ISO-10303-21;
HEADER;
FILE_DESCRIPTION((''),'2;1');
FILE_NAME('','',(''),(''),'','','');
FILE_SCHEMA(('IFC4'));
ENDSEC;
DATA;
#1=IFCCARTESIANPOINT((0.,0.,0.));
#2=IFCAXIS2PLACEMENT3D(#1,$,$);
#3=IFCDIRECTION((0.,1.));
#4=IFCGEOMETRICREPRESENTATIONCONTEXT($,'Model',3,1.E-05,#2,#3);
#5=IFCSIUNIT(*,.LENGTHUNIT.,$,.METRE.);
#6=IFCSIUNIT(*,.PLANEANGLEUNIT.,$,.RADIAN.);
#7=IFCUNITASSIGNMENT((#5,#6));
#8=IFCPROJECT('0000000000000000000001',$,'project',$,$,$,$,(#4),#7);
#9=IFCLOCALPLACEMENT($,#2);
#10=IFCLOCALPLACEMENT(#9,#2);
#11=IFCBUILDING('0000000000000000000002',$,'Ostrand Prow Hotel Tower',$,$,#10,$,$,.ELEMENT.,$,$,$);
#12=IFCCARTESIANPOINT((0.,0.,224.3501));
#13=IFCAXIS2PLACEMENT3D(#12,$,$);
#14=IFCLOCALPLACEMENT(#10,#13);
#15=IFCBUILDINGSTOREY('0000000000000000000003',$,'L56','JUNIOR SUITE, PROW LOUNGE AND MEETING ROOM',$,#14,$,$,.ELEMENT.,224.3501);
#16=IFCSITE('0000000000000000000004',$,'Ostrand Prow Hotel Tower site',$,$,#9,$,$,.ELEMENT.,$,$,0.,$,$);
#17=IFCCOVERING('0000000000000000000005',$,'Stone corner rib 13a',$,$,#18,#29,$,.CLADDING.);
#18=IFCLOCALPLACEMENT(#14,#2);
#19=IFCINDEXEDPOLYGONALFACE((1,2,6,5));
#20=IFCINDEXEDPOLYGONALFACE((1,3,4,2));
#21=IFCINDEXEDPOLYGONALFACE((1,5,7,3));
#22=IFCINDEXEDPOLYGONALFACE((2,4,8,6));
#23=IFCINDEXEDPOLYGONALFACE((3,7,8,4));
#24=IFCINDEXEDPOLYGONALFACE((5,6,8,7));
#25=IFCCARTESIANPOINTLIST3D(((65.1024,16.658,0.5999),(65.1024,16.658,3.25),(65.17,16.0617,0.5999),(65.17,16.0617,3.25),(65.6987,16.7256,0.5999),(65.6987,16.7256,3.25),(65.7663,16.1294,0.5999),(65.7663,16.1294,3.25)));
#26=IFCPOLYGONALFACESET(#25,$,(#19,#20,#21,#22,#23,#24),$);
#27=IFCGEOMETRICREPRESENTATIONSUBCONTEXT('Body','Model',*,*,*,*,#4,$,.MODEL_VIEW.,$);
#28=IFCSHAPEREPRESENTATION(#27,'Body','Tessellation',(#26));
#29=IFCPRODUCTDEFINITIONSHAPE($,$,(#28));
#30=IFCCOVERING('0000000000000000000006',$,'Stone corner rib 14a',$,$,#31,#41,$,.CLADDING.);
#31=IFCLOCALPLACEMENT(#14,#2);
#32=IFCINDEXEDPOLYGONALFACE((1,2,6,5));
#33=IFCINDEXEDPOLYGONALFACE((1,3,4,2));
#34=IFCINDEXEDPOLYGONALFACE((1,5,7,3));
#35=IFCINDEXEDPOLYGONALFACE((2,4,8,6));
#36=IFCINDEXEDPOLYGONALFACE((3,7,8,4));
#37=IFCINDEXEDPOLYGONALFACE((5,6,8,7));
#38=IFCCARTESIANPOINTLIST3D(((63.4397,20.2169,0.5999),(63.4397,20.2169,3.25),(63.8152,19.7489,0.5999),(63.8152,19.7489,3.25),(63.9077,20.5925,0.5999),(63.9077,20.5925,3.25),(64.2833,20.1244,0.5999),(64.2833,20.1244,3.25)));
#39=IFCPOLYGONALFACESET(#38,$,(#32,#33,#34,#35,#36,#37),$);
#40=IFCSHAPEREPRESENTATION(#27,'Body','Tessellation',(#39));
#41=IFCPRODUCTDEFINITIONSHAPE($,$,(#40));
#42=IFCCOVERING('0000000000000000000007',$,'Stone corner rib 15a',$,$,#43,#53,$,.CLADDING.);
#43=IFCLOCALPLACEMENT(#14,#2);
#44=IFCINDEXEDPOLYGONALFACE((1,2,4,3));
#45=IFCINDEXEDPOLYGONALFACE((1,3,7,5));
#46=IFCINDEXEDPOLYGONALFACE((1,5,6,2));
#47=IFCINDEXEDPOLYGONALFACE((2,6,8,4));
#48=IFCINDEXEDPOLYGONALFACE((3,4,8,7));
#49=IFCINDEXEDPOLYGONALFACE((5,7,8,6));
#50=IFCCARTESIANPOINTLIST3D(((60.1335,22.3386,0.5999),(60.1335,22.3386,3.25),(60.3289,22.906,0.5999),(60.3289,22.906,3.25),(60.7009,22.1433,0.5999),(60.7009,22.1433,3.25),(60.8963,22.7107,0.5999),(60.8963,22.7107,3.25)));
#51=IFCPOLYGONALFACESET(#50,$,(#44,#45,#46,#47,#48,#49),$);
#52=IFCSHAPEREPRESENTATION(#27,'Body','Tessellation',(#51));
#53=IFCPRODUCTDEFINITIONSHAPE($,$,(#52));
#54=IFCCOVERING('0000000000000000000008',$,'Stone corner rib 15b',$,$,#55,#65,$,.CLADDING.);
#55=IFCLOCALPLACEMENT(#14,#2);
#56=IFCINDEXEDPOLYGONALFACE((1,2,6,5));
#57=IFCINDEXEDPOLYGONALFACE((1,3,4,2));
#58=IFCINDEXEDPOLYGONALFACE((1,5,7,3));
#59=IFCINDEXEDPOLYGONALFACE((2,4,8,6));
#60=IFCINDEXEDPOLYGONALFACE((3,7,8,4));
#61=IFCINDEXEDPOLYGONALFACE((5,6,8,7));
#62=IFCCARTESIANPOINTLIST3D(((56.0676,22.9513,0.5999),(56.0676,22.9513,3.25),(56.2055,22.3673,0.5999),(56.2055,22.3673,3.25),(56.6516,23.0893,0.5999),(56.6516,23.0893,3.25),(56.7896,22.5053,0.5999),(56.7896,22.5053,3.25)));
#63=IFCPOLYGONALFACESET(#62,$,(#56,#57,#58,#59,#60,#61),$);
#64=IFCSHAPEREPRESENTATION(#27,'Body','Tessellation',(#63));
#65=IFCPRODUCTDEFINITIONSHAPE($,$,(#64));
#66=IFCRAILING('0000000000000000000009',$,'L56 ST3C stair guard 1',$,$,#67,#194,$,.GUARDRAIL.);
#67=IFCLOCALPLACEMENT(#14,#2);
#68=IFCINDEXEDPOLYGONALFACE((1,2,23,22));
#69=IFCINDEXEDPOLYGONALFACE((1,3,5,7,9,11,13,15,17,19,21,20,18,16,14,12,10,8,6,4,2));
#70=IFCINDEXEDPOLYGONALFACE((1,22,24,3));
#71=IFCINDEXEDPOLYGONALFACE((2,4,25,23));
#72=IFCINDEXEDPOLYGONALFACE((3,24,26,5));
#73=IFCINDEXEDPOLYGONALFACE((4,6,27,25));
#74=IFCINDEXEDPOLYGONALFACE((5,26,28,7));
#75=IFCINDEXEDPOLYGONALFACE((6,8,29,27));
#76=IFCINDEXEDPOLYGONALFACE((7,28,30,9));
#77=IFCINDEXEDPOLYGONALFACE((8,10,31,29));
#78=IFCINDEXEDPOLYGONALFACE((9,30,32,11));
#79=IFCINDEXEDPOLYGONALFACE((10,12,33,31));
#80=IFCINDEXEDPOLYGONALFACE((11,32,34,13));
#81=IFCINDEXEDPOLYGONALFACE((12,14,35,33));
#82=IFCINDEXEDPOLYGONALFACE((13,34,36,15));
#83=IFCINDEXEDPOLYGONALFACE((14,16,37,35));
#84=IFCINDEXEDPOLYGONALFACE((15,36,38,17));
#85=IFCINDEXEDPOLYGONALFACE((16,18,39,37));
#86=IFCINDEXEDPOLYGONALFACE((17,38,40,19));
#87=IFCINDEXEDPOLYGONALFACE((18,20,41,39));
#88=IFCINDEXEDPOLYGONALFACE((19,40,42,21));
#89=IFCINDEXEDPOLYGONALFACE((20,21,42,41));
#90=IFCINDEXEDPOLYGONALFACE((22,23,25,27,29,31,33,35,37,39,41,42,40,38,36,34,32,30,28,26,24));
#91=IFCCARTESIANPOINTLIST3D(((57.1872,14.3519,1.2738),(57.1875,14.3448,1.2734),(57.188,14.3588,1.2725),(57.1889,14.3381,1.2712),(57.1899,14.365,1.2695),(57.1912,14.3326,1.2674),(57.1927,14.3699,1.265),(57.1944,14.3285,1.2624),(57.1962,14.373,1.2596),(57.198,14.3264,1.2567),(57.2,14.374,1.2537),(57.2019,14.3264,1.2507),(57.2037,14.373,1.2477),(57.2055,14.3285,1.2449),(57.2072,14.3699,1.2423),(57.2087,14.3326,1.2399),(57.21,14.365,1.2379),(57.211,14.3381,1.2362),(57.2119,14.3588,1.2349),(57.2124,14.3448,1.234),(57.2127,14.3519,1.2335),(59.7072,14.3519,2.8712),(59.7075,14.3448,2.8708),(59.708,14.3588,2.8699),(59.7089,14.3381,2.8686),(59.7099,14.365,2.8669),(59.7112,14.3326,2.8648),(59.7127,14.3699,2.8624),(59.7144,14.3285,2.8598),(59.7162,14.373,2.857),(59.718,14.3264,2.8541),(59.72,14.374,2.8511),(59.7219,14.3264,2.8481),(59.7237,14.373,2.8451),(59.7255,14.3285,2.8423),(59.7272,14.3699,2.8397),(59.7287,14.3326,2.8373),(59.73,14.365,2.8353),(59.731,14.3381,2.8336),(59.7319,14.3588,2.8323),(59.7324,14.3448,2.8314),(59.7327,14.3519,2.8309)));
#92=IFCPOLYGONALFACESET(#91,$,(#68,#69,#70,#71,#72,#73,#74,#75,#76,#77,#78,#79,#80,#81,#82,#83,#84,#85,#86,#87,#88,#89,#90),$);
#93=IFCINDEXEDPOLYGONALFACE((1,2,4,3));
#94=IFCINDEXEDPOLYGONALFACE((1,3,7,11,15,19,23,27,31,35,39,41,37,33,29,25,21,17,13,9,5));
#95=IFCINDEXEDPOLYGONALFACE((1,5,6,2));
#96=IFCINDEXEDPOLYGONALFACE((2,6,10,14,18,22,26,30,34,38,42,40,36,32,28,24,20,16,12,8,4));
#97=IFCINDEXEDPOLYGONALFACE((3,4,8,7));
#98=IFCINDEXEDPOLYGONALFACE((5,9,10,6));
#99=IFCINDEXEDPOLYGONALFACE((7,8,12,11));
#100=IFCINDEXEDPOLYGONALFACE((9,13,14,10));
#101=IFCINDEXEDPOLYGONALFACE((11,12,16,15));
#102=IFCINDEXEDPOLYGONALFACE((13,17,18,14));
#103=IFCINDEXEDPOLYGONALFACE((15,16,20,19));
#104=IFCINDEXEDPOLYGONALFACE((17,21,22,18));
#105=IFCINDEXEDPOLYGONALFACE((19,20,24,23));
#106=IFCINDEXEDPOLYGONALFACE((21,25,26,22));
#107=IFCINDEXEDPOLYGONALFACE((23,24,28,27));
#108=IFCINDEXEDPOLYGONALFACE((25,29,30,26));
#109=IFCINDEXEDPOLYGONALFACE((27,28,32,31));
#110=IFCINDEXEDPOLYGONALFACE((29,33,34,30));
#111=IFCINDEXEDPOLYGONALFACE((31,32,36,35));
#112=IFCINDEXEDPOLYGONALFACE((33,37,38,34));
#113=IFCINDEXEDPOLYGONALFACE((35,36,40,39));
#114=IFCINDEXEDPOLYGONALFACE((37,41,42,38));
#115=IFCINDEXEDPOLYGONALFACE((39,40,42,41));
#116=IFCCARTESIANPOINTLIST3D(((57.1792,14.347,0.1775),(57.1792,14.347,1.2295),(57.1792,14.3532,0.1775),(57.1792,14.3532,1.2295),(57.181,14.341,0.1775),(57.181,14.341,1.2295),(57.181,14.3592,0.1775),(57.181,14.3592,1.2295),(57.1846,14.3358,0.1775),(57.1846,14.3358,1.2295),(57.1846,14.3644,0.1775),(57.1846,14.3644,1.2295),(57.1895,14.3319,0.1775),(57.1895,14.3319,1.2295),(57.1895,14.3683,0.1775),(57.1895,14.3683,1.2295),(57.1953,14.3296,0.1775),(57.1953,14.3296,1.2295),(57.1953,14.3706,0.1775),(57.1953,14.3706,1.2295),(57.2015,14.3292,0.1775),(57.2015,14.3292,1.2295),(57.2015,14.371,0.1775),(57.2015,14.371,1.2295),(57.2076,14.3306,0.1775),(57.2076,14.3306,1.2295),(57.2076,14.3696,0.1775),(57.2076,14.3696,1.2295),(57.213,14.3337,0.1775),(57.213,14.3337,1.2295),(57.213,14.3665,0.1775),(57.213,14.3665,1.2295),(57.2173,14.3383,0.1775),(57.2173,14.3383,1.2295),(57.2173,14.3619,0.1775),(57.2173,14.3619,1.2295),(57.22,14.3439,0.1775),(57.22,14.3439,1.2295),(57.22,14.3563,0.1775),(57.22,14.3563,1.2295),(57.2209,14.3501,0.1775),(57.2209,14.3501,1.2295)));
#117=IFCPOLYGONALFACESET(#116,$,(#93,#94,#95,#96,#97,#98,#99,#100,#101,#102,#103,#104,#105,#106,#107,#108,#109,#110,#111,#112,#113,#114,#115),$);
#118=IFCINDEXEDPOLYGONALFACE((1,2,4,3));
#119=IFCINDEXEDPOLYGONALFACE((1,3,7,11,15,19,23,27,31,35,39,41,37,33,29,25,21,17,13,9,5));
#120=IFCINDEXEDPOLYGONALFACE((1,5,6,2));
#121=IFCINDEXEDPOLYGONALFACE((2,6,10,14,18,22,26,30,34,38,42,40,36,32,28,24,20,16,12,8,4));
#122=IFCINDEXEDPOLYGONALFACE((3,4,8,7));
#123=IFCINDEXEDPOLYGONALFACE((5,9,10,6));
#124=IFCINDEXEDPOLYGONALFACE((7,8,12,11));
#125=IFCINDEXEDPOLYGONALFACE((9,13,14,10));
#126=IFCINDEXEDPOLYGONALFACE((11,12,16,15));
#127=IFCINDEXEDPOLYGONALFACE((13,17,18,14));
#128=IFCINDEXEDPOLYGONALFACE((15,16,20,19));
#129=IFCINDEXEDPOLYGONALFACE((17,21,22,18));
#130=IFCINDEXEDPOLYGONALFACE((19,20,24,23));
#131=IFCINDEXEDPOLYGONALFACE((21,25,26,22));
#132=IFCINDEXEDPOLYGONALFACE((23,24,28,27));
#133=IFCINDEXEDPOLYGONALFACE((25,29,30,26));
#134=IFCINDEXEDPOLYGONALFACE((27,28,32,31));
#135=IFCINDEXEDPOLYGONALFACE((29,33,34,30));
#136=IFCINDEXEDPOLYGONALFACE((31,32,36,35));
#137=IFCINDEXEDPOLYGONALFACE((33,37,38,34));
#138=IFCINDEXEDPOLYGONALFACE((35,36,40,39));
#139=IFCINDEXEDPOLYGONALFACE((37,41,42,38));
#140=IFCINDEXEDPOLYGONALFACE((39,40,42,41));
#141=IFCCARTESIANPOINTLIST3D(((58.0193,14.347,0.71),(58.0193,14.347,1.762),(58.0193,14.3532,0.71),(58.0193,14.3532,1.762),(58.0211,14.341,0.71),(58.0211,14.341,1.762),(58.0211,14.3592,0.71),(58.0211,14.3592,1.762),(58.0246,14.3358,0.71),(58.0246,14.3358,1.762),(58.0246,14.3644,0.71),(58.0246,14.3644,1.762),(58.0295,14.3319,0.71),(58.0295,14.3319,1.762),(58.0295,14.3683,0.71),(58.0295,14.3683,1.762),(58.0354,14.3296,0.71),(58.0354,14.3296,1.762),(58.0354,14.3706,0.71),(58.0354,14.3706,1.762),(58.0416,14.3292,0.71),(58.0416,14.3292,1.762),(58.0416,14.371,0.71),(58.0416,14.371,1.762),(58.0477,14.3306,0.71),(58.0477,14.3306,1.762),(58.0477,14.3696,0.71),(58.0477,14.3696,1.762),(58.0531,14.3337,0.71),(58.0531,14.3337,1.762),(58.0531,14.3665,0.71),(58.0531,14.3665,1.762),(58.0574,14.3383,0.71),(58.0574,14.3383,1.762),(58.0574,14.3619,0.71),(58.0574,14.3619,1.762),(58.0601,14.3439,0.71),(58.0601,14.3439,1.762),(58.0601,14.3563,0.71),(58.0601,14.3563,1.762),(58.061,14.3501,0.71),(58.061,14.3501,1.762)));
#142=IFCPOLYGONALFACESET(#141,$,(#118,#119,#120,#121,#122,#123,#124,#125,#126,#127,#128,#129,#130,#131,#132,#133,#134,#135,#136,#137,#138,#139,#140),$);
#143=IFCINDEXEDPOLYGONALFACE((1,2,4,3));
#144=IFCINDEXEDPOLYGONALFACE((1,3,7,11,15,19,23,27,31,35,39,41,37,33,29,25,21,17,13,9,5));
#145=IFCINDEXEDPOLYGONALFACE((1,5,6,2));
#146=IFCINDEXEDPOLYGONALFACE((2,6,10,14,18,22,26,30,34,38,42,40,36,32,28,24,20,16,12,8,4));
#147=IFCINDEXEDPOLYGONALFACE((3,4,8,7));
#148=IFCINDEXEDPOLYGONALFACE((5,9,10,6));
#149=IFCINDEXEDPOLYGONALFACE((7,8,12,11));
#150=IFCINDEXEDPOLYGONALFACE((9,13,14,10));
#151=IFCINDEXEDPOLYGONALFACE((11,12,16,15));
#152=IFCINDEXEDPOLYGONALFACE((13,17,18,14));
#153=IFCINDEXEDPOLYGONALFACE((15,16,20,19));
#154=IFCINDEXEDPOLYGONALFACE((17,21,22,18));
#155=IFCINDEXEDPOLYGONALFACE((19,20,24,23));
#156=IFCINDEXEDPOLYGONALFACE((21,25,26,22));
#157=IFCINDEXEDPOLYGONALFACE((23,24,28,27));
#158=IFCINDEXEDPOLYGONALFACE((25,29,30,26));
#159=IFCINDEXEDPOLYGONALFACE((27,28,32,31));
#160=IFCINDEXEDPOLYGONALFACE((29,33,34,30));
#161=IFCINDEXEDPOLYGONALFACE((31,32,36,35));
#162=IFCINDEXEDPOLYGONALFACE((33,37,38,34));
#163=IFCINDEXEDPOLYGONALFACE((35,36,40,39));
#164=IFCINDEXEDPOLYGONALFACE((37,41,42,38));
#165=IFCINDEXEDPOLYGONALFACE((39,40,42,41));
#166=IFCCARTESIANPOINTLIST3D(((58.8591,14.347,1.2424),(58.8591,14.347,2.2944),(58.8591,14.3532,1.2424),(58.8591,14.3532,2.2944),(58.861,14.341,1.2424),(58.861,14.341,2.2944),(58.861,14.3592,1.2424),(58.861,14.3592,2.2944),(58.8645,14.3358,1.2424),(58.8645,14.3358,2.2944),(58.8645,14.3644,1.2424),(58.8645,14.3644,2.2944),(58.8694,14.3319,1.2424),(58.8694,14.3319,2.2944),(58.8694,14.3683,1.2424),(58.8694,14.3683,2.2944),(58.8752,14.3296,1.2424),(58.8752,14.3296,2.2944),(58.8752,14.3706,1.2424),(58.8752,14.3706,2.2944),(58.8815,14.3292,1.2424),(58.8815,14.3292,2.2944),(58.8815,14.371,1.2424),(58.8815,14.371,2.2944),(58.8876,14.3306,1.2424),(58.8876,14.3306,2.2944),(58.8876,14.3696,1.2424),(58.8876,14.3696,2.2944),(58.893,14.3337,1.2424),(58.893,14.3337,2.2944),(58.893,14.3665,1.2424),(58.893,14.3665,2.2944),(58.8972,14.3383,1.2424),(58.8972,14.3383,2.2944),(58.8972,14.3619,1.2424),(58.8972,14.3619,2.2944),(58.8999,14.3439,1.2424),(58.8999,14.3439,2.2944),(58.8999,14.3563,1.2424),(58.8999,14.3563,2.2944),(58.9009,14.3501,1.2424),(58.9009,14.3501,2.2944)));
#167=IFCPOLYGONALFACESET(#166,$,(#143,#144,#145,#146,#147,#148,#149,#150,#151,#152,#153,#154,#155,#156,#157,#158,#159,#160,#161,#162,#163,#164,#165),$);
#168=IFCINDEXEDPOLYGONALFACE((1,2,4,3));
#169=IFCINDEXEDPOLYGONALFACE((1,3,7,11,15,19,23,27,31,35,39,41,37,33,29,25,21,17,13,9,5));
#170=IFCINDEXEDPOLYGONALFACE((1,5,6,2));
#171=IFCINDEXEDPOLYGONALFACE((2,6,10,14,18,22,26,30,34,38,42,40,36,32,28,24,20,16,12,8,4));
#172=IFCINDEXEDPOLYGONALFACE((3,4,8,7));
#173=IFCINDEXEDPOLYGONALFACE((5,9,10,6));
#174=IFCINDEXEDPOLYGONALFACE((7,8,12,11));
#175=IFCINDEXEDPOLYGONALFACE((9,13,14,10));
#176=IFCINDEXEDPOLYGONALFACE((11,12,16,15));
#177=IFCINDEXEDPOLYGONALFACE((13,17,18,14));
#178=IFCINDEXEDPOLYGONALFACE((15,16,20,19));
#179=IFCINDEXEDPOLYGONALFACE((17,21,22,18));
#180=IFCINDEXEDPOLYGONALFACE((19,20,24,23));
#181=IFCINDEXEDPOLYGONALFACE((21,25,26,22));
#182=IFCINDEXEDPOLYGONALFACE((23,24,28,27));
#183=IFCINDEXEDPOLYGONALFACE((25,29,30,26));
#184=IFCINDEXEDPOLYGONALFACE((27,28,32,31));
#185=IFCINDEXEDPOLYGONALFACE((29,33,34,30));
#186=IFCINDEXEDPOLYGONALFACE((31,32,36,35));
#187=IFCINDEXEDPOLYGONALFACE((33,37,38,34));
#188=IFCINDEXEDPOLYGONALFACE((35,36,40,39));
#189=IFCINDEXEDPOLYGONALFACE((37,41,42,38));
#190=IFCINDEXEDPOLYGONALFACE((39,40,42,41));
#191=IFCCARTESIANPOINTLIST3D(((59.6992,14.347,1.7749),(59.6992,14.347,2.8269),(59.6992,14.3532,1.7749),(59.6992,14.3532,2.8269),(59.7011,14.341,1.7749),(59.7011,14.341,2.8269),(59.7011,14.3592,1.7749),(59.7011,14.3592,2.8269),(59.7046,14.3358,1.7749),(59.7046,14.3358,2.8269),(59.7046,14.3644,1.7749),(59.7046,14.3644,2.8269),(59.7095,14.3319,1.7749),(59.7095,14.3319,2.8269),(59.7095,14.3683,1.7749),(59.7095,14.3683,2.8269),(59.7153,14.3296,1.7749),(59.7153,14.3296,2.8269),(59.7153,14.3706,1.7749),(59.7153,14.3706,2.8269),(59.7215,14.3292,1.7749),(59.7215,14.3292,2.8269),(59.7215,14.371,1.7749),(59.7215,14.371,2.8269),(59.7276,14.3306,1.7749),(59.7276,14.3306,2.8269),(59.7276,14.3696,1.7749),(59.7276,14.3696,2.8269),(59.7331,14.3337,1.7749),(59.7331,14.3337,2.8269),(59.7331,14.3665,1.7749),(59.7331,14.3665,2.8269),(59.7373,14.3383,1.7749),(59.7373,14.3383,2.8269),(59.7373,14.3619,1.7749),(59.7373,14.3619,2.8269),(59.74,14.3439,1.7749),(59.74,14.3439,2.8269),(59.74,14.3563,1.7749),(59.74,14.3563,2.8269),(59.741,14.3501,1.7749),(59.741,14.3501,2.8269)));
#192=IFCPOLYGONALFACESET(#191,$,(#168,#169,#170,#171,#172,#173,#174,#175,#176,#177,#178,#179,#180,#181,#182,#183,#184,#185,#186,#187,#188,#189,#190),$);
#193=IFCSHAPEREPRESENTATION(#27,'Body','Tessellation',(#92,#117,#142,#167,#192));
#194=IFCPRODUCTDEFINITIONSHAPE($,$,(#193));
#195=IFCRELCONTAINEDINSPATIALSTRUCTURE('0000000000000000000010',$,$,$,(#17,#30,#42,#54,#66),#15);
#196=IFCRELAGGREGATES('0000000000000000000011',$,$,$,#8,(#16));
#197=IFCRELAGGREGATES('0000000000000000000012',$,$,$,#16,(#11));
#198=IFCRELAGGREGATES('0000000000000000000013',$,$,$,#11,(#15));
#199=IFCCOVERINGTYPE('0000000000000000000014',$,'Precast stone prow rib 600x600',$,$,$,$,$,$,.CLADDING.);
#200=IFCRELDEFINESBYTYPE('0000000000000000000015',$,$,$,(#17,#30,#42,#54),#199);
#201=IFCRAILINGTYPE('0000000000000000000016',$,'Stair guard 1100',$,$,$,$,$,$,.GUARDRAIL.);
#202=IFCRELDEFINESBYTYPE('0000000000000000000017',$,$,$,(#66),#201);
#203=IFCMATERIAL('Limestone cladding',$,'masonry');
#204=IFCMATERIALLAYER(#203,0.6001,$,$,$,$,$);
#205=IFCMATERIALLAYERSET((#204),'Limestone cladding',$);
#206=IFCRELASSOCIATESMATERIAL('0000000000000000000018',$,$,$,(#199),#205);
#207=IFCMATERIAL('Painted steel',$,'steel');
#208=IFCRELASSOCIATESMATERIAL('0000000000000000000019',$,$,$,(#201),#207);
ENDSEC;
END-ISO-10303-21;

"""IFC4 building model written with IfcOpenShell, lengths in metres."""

from ifc_helpers import new_model, si_unit, direction, frame, frame_2d, origin, origin_2d, place, context, subcontext, project, spatial, rectangle, circle, extrude, material, layer, layer_set, type_object, element, save


model = new_model("IFC4")

# Units and contexts
model_context = context("Model", 3, precision=1e-05, world=origin(), true_north=direction((0.0, 1.0)))
body_context = subcontext(model_context, "Body", "Model", "MODEL_VIEW")
ifc_project = project(units=[si_unit("LENGTHUNIT", "METRE"), si_unit("PLANEANGLEUNIT", "RADIAN")], contexts=[model_context])

# Site, building, storey
site_placement = place(None, origin())
site = spatial("IfcSite", under=ifc_project, at=site_placement, Name="Ostrand Prow Hotel Tower site", CompositionType="ELEMENT", RefElevation=0.0)
building_placement = place(site_placement, origin())
building = spatial("IfcBuilding", under=site, at=building_placement, Name="Ostrand Prow Hotel Tower", CompositionType="ELEMENT")
storey_placement = place(building_placement, frame((0.0, 0.0, 224.3501)))
storey = spatial("IfcBuildingStorey", under=building, at=storey_placement, Name="L56", Description="JUNIOR SUITE, PROW LOUNGE AND MEETING ROOM", CompositionType="ELEMENT", Elevation=224.3501)

# Coverings
ifc_material_1 = material(Name="Limestone cladding", Category="masonry")
ifc_layer_1 = layer(ifc_material_1, 0.6001)
ifc_layer_set_1 = layer_set([ifc_layer_1], Name="Limestone cladding")
covering_type = type_object("IfcCoveringType", Name="Precast stone prow rib 600x600", PredefinedType="CLADDING", material=ifc_layer_set_1)
for number, where, z_axis, x_axis, name in (
    (1, (65.1362, 16.3599, 0.5999), (0.0, 0.0, 1.0), (0.993628, 0.112709, 0.0), "Stone corner rib 13a"),
    (2, (63.6274, 19.9829, 0.5999), (0.0, 0.0, 1.0), (0.779995, 0.625786, 0.0), "Stone corner rib 14a"),
    (3, (60.4172, 22.241, 0.5999), (0.0, 0.0, 1.0), (0.325489, 0.945546, 0.0), "Stone corner rib 15a"),
    (4, (56.4976, 22.4363, 0.5999), (0.0, 0.0, 1.0), (-0.229878, 0.973219, 0.0), "Stone corner rib 15b"),
):
    element("IfcCovering", number, at=place(storey_placement, frame(where, z_axis=z_axis, x_axis=x_axis)), inside=storey, type_object=covering_type, Name=name, PredefinedType="CLADDING", context=body_context, shape_type="SweptSolid", body=[
        extrude(rectangle(XDim=0.6001, YDim=0.6001, at=frame_2d((0.3, 0.0))), origin(), (0.0, 0.0, 1.0), 2.6501),
    ])

# Railing
ifc_material_2 = material(Name="Painted steel", Category="steel")
railing_type_1 = type_object("IfcRailingType", Name="Stair guard 1100", PredefinedType="GUARDRAIL", material=ifc_material_2)
railing_1_placement = place(storey_placement, frame((57.2, 14.3501, 0.1775)))
element("IfcRailing", 5, at=railing_1_placement, inside=storey, type_object=railing_type_1, Name="L56 ST3C stair guard 1", PredefinedType="GUARDRAIL", context=body_context, shape_type="SweptSolid", body=[
    extrude(circle(Radius=0.0239, at=origin_2d()), frame((0.0, 0.0, 1.0762), z_axis=(0.844607, 0.0, 0.535387), x_axis=(0.0, 1.0, 0.0)), (0.0, 0.0, 1.0), 2.9836),
    extrude(circle(Radius=0.021, at=origin_2d()), origin(), (0.0, 0.0, 1.0), 1.052),
    extrude(circle(Radius=0.021, at=origin_2d()), frame((0.8401, 0.0, 0.5325)), (0.0, 0.0, 1.0), 1.052),
    extrude(circle(Radius=0.021, at=origin_2d()), frame((1.6799, 0.0, 1.0649)), (0.0, 0.0, 1.0), 1.052),
    extrude(circle(Radius=0.021, at=origin_2d()), frame((2.52, 0.0, 1.5974)), (0.0, 0.0, 1.0), 1.052),
])

save(model, "model.ifc")
